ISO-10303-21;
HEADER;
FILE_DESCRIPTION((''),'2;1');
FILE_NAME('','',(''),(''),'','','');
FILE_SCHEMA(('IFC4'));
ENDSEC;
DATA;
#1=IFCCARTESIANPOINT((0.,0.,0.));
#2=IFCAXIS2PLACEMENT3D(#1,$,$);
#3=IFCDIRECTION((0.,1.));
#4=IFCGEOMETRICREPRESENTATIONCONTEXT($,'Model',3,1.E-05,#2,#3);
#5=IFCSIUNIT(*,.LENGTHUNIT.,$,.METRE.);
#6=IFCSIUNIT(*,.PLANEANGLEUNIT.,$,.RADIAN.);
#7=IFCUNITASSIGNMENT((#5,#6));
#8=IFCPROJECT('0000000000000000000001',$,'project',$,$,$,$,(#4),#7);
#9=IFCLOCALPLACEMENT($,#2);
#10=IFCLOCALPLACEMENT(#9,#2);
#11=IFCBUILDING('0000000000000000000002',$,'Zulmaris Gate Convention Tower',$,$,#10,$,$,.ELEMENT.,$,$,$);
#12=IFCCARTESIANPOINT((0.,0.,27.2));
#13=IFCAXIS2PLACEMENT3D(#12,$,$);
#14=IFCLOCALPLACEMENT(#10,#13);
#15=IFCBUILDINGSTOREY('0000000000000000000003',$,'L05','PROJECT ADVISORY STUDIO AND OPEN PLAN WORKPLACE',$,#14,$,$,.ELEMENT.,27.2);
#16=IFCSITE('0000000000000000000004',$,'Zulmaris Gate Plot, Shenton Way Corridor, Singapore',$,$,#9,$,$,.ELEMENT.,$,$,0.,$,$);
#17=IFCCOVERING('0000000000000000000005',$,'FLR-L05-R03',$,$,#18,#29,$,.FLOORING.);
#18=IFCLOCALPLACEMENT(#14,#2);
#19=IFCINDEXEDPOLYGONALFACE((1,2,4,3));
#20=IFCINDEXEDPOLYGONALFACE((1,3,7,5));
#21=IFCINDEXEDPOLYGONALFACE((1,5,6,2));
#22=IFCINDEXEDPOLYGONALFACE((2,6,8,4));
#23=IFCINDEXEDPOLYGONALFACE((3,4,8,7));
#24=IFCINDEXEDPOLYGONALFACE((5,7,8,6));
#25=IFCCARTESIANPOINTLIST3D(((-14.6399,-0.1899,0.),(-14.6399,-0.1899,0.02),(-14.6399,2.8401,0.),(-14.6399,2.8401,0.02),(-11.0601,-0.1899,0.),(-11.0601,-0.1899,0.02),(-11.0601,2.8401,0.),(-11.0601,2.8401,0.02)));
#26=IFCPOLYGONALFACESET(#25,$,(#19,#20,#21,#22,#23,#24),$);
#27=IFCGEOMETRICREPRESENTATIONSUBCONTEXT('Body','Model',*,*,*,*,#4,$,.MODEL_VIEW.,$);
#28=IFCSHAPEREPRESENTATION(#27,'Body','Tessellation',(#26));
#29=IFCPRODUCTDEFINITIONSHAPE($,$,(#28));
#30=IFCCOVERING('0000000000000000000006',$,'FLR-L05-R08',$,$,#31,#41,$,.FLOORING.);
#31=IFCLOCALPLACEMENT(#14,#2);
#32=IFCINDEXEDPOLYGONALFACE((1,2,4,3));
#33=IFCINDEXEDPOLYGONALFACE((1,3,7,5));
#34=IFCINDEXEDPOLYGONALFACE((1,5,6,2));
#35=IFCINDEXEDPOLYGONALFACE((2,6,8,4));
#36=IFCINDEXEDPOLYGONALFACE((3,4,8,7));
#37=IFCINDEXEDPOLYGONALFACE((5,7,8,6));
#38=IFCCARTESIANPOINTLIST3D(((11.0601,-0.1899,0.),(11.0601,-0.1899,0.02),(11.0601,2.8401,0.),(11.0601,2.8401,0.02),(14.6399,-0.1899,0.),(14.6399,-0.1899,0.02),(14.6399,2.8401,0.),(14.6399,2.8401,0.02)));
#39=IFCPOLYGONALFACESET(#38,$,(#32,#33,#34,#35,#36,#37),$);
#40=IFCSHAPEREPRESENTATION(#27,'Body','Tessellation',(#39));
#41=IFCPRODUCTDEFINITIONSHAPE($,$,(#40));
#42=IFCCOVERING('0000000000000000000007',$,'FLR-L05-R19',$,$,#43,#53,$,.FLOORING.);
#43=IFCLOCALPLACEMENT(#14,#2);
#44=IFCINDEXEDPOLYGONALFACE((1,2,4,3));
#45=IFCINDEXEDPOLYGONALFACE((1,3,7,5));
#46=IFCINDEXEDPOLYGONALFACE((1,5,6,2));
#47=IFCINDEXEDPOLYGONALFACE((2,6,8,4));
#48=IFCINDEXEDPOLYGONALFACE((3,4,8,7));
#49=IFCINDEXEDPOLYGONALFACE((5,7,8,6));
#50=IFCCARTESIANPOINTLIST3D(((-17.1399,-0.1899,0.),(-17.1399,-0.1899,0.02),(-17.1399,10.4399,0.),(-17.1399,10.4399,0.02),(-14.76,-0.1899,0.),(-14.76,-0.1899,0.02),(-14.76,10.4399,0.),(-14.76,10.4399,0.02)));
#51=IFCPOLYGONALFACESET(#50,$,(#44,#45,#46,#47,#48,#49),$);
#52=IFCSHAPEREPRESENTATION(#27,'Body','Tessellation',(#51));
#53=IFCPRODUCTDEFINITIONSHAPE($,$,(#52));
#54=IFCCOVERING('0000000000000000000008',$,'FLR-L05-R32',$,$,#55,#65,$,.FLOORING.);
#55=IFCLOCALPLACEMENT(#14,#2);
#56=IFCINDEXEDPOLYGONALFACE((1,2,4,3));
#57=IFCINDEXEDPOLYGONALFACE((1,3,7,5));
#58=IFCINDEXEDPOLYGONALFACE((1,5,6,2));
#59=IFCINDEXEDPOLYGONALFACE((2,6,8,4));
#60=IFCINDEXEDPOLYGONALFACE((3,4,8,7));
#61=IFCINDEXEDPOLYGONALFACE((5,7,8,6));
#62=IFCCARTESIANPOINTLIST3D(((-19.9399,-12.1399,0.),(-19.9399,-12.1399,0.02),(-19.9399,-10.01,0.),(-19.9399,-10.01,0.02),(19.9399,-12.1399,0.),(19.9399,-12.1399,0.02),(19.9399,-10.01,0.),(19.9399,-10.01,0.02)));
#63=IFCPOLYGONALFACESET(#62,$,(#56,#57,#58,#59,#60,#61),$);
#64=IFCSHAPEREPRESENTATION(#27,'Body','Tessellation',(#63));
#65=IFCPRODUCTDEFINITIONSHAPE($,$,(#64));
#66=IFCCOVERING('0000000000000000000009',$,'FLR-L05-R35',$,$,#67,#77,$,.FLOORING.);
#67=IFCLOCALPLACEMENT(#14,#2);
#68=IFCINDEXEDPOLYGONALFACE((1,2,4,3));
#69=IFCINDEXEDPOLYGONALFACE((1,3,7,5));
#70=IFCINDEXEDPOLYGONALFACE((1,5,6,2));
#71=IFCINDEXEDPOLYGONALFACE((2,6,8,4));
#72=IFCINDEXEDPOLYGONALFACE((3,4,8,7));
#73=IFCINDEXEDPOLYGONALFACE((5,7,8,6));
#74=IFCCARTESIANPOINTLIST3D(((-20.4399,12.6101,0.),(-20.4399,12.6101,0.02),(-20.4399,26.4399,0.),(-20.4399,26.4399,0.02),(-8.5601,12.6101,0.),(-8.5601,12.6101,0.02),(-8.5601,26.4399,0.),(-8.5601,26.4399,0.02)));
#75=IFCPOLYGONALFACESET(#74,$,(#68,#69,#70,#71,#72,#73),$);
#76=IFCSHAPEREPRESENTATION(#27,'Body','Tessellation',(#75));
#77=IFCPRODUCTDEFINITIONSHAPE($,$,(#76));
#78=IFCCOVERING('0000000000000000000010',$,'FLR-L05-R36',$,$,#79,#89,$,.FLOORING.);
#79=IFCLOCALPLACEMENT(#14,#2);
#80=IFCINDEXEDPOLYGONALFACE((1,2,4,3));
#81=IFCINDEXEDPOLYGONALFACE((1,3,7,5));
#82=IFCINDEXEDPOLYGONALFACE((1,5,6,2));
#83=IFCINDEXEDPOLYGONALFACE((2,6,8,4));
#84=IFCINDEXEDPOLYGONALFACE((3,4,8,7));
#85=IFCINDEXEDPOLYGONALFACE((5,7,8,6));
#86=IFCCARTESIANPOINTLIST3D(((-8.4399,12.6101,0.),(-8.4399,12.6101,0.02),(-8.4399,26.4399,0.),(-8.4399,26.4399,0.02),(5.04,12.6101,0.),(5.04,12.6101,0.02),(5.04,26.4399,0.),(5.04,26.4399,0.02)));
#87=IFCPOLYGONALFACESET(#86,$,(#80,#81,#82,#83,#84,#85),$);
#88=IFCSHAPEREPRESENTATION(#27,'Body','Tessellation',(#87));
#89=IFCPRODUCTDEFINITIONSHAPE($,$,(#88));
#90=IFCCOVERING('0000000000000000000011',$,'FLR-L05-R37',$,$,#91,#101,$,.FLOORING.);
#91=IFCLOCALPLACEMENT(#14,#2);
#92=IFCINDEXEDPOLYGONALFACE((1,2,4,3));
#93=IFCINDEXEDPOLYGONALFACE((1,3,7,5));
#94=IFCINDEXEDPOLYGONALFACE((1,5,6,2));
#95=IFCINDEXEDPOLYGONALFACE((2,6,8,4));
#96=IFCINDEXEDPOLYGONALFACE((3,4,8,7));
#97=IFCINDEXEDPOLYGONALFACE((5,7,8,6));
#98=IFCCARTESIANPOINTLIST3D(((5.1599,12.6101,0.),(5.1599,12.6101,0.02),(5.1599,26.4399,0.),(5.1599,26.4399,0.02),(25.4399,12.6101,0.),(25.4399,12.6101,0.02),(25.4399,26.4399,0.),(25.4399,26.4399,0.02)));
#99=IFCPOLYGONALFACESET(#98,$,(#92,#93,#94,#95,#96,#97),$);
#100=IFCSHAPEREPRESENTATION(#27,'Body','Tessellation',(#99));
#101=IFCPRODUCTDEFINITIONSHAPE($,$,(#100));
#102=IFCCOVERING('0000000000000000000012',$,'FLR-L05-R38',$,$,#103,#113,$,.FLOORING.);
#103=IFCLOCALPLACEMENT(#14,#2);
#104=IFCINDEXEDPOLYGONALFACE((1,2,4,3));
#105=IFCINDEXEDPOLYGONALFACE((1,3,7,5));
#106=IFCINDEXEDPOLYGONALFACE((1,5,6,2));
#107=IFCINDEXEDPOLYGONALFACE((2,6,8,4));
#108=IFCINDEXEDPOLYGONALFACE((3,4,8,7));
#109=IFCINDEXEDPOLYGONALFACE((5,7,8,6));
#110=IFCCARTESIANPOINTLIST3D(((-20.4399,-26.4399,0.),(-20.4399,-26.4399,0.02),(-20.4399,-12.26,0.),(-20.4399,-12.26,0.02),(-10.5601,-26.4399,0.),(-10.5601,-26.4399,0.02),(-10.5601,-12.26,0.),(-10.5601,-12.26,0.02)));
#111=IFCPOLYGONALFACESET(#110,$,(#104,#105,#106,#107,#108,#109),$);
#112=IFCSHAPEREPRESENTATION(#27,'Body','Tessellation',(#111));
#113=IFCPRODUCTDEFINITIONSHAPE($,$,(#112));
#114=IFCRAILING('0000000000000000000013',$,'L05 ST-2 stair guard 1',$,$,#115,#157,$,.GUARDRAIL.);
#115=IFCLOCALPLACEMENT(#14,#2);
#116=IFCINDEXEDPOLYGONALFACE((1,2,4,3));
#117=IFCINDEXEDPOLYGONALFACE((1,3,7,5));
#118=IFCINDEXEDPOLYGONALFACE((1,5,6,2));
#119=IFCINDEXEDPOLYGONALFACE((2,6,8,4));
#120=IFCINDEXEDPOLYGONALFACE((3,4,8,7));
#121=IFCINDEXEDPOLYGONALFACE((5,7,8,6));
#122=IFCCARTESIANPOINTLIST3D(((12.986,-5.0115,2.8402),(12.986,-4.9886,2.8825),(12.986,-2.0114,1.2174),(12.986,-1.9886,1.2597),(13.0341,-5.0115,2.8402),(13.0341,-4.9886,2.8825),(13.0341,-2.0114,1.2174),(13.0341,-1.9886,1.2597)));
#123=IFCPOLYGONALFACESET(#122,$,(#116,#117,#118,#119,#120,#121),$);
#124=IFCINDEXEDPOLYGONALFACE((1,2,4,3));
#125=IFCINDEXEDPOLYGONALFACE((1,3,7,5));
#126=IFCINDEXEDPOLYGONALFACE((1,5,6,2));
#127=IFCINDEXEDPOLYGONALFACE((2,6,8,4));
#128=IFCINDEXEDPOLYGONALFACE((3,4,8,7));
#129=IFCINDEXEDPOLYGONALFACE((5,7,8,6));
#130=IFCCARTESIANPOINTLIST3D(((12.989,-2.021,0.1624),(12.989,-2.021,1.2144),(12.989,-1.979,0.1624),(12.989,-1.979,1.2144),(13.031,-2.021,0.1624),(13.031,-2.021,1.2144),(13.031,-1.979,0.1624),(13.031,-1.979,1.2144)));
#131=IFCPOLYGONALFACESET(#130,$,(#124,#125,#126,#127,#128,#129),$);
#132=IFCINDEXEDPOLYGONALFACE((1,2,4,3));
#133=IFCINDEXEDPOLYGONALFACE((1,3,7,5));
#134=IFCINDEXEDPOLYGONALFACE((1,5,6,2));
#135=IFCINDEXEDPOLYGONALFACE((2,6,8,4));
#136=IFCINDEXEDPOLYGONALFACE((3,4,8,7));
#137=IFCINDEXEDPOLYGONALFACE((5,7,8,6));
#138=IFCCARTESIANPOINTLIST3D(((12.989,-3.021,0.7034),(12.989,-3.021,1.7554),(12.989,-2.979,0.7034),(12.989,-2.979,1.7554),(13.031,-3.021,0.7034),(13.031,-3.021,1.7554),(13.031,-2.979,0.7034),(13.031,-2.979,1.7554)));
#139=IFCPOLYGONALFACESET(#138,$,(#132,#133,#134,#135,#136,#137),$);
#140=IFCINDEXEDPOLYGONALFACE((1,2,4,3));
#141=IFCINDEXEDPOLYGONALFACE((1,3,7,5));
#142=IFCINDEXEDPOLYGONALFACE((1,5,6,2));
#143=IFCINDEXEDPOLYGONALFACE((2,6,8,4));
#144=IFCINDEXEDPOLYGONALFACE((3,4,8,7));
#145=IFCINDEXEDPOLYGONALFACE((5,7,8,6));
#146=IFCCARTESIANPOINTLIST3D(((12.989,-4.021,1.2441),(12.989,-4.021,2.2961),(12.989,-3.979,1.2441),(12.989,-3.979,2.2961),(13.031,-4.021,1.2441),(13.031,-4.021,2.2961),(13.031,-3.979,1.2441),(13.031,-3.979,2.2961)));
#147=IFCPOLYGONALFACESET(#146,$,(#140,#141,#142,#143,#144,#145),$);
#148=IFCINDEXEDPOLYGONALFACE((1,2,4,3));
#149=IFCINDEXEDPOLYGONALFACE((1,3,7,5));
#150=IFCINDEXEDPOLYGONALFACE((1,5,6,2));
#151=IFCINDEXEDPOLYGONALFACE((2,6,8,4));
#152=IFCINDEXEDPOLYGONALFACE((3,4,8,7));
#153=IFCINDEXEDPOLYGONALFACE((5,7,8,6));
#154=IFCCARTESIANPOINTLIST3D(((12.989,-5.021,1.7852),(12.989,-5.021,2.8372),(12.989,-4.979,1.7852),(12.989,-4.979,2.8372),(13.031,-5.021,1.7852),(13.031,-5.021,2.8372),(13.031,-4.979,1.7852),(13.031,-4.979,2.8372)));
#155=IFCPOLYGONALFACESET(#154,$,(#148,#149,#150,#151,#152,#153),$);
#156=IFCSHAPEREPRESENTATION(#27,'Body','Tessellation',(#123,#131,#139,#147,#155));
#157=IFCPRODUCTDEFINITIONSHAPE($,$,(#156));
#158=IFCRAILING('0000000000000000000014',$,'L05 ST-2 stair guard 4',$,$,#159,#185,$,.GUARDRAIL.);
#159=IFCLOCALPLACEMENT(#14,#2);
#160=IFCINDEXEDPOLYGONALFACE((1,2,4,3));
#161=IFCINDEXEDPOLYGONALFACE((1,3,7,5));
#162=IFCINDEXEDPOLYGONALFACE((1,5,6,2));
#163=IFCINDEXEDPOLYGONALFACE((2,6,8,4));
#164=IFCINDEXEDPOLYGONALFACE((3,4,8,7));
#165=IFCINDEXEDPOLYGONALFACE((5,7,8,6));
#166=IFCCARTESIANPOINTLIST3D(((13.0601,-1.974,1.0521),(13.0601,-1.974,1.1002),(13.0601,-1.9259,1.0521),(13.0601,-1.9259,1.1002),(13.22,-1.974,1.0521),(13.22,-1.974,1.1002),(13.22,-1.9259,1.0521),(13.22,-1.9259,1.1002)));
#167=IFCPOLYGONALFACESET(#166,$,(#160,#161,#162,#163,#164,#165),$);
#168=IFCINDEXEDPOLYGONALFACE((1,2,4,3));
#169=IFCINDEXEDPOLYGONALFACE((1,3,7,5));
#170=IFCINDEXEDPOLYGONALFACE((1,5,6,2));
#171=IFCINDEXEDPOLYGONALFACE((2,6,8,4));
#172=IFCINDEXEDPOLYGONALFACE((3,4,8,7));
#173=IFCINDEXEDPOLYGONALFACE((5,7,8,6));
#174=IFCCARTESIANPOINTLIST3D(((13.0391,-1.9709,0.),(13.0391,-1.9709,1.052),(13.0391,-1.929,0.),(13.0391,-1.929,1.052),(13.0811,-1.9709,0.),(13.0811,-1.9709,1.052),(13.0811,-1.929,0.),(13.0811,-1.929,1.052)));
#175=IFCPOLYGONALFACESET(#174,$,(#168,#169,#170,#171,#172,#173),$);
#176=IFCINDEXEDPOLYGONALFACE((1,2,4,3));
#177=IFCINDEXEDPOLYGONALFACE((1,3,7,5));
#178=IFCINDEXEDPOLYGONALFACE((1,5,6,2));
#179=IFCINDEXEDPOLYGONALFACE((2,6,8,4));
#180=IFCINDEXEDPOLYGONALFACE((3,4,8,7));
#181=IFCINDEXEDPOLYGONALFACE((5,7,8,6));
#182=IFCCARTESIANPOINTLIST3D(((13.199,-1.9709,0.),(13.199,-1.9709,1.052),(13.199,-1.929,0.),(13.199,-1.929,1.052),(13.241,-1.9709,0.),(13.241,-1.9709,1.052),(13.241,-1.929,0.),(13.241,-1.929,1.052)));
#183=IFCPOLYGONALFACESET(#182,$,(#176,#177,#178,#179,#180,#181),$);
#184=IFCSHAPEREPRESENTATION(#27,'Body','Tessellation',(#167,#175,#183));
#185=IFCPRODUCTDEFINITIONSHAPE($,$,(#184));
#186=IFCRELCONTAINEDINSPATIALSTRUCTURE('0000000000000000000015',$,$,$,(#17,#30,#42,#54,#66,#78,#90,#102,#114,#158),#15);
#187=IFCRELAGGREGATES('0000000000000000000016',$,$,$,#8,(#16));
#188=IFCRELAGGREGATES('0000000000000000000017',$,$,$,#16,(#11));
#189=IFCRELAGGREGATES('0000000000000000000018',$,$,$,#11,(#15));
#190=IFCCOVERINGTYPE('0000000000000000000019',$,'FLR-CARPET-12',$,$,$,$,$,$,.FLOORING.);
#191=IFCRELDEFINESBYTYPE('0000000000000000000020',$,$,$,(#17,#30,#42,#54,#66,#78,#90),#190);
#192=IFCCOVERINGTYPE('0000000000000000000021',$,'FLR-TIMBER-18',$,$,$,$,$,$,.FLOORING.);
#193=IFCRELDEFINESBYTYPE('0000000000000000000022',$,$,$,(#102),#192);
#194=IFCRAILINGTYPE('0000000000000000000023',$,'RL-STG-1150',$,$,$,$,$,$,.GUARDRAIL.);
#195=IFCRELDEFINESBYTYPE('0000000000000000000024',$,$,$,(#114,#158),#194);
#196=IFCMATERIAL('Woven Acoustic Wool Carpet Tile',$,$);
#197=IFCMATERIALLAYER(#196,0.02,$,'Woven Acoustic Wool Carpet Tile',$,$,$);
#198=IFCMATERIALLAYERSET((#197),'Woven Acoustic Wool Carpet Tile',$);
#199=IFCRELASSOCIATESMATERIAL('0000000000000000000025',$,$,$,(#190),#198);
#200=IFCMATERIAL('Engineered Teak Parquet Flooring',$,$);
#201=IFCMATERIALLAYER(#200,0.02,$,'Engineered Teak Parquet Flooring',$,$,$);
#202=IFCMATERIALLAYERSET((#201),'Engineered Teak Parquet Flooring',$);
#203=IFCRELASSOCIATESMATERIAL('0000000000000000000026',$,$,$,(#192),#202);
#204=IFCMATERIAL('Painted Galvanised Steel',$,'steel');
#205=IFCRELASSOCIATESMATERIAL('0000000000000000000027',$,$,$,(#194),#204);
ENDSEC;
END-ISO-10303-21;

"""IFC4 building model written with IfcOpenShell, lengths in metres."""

from ifc_helpers import new_model, si_unit, direction, frame, origin, origin_2d, place, context, subcontext, project, spatial, polyline, rectangle, outline, extrude, material, layer, layer_set, type_object, element, save


model = new_model("IFC4")

# Units and contexts
model_context = context("Model", 3, precision=1e-05, world=origin(), true_north=direction((0.0, 1.0)))
body_context = subcontext(model_context, "Body", "Model", "MODEL_VIEW")
ifc_project = project(units=[si_unit("LENGTHUNIT", "METRE"), si_unit("PLANEANGLEUNIT", "RADIAN")], contexts=[model_context])

# Site, building, storey
site_placement = place(None, origin())
site = spatial("IfcSite", under=ifc_project, at=site_placement, Name="Zulmaris Gate Plot, Shenton Way Corridor, Singapore", CompositionType="ELEMENT", RefElevation=0.0)
building_placement = place(site_placement, origin())
building = spatial("IfcBuilding", under=site, at=building_placement, Name="Zulmaris Gate Convention Tower", CompositionType="ELEMENT")
storey_placement = place(building_placement, frame((0.0, 0.0, 27.2)))
storey = spatial("IfcBuildingStorey", under=building, at=storey_placement, Name="L05", Description="PROJECT ADVISORY STUDIO AND OPEN PLAN WORKPLACE", CompositionType="ELEMENT", Elevation=27.2)

# Coverings
ifc_material_1 = material(Name="Woven Acoustic Wool Carpet Tile")
ifc_layer_1 = layer(ifc_material_1, 0.02, Name="Woven Acoustic Wool Carpet Tile")
ifc_layer_set_1 = layer_set([ifc_layer_1], Name="Woven Acoustic Wool Carpet Tile")
covering_type_1 = type_object("IfcCoveringType", Name="FLR-CARPET-12", PredefinedType="FLOORING", material=ifc_layer_set_1)
covering_1_placement = place(storey_placement, origin())
element("IfcCovering", 1, at=covering_1_placement, inside=storey, type_object=covering_type_1, Name="FLR-L05-R03", PredefinedType="FLOORING", context=body_context, shape_type="SweptSolid", body=[
    extrude(outline(polyline([(-14.6399, -0.1899), (-11.0601, -0.1899), (-11.0601, 2.8401), (-14.6399, 2.8401), (-14.6399, -0.1899)])), origin(), (0.0, 0.0, 1.0), 0.02),
])
covering_2_placement = place(storey_placement, origin())
element("IfcCovering", 2, at=covering_2_placement, inside=storey, type_object=covering_type_1, Name="FLR-L05-R08", PredefinedType="FLOORING", context=body_context, shape_type="SweptSolid", body=[
    extrude(outline(polyline([(11.0601, -0.1899), (14.6399, -0.1899), (14.6399, 2.8401), (11.0601, 2.8401), (11.0601, -0.1899)])), origin(), (0.0, 0.0, 1.0), 0.02),
])
covering_3_placement = place(storey_placement, origin())
element("IfcCovering", 3, at=covering_3_placement, inside=storey, type_object=covering_type_1, Name="FLR-L05-R19", PredefinedType="FLOORING", context=body_context, shape_type="SweptSolid", body=[
    extrude(outline(polyline([(-17.1399, -0.1899), (-14.76, -0.1899), (-14.76, 10.4399), (-17.1399, 10.4399), (-17.1399, -0.1899)])), origin(), (0.0, 0.0, 1.0), 0.02),
])
covering_4_placement = place(storey_placement, origin())
element("IfcCovering", 4, at=covering_4_placement, inside=storey, type_object=covering_type_1, Name="FLR-L05-R32", PredefinedType="FLOORING", context=body_context, shape_type="SweptSolid", body=[
    extrude(outline(polyline([(-19.9399, -12.1399), (19.9399, -12.1399), (19.9399, -10.01), (-19.9399, -10.01), (-19.9399, -12.1399)])), origin(), (0.0, 0.0, 1.0), 0.02),
])
covering_5_placement = place(storey_placement, origin())
element("IfcCovering", 5, at=covering_5_placement, inside=storey, type_object=covering_type_1, Name="FLR-L05-R35", PredefinedType="FLOORING", context=body_context, shape_type="SweptSolid", body=[
    extrude(outline(polyline([(-20.4399, 12.6101), (-8.5601, 12.6101), (-8.5601, 26.4399), (-20.4399, 26.4399), (-20.4399, 12.6101)])), origin(), (0.0, 0.0, 1.0), 0.02),
])
covering_6_placement = place(storey_placement, origin())
element("IfcCovering", 6, at=covering_6_placement, inside=storey, type_object=covering_type_1, Name="FLR-L05-R36", PredefinedType="FLOORING", context=body_context, shape_type="SweptSolid", body=[
    extrude(outline(polyline([(-8.4399, 12.6101), (5.04, 12.6101), (5.04, 26.4399), (-8.4399, 26.4399), (-8.4399, 12.6101)])), origin(), (0.0, 0.0, 1.0), 0.02),
])
covering_7_placement = place(storey_placement, origin())
element("IfcCovering", 7, at=covering_7_placement, inside=storey, type_object=covering_type_1, Name="FLR-L05-R37", PredefinedType="FLOORING", context=body_context, shape_type="SweptSolid", body=[
    extrude(outline(polyline([(5.1599, 12.6101), (25.4399, 12.6101), (25.4399, 26.4399), (5.1599, 26.4399), (5.1599, 12.6101)])), origin(), (0.0, 0.0, 1.0), 0.02),
])
ifc_material_2 = material(Name="Engineered Teak Parquet Flooring")
ifc_layer_2 = layer(ifc_material_2, 0.02, Name="Engineered Teak Parquet Flooring")
ifc_layer_set_2 = layer_set([ifc_layer_2], Name="Engineered Teak Parquet Flooring")
covering_type_2 = type_object("IfcCoveringType", Name="FLR-TIMBER-18", PredefinedType="FLOORING", material=ifc_layer_set_2)
covering_8_placement = place(storey_placement, origin())
element("IfcCovering", 8, at=covering_8_placement, inside=storey, type_object=covering_type_2, Name="FLR-L05-R38", PredefinedType="FLOORING", context=body_context, shape_type="SweptSolid", body=[
    extrude(outline(polyline([(-20.4399, -26.4399), (-10.5601, -26.4399), (-10.5601, -12.26), (-20.4399, -12.26), (-20.4399, -26.4399)])), origin(), (0.0, 0.0, 1.0), 0.02),
])

# Railings
ifc_material_3 = material(Name="Painted Galvanised Steel", Category="steel")
railing_type_1 = type_object("IfcRailingType", Name="RL-STG-1150", PredefinedType="GUARDRAIL", material=ifc_material_3)
railing_1_placement = place(storey_placement, frame((13.01, -2.0, 0.1624)))
element("IfcRailing", 9, at=railing_1_placement, inside=storey, type_object=railing_type_1, Name="L05 ST-2 stair guard 1", PredefinedType="GUARDRAIL", context=body_context, shape_type="SweptSolid", body=[
    extrude(rectangle(XDim=0.0481, YDim=0.0481, at=origin_2d()), frame((0.0, 0.0, 1.0762), z_axis=(0.0, -0.879562, 0.475785), x_axis=(1.0, 0.0, 0.0)), (0.0, 0.0, 1.0), 3.4109),
    extrude(rectangle(XDim=0.042, YDim=0.042, at=origin_2d()), origin(), (0.0, 0.0, 1.0), 1.052),
    extrude(rectangle(XDim=0.042, YDim=0.042, at=origin_2d()), frame((0.0, -1.0, 0.541)), (0.0, 0.0, 1.0), 1.052),
    extrude(rectangle(XDim=0.042, YDim=0.042, at=origin_2d()), frame((0.0, -2.0, 1.0818)), (0.0, 0.0, 1.0), 1.052),
    extrude(rectangle(XDim=0.042, YDim=0.042, at=origin_2d()), frame((0.0, -3.0, 1.6228)), (0.0, 0.0, 1.0), 1.052),
])
railing_2_placement = place(storey_placement, frame((13.0601, -1.95, 0.0)))
element("IfcRailing", 10, at=railing_2_placement, inside=storey, type_object=railing_type_1, Name="L05 ST-2 stair guard 4", PredefinedType="GUARDRAIL", context=body_context, shape_type="SweptSolid", body=[
    extrude(rectangle(XDim=0.0481, YDim=0.0481, at=origin_2d()), frame((0.0, 0.0, 1.0762), z_axis=(1.0, 0.0, 0.0), x_axis=(0.0, 1.0, 0.0)), (0.0, 0.0, 1.0), 0.1599),
    extrude(rectangle(XDim=0.042, YDim=0.042, at=origin_2d()), origin(), (0.0, 0.0, 1.0), 1.052),
    extrude(rectangle(XDim=0.042, YDim=0.042, at=origin_2d()), frame((0.1599, 0.0, 0.0)), (0.0, 0.0, 1.0), 1.052),
])

save(model, "model.ifc")
